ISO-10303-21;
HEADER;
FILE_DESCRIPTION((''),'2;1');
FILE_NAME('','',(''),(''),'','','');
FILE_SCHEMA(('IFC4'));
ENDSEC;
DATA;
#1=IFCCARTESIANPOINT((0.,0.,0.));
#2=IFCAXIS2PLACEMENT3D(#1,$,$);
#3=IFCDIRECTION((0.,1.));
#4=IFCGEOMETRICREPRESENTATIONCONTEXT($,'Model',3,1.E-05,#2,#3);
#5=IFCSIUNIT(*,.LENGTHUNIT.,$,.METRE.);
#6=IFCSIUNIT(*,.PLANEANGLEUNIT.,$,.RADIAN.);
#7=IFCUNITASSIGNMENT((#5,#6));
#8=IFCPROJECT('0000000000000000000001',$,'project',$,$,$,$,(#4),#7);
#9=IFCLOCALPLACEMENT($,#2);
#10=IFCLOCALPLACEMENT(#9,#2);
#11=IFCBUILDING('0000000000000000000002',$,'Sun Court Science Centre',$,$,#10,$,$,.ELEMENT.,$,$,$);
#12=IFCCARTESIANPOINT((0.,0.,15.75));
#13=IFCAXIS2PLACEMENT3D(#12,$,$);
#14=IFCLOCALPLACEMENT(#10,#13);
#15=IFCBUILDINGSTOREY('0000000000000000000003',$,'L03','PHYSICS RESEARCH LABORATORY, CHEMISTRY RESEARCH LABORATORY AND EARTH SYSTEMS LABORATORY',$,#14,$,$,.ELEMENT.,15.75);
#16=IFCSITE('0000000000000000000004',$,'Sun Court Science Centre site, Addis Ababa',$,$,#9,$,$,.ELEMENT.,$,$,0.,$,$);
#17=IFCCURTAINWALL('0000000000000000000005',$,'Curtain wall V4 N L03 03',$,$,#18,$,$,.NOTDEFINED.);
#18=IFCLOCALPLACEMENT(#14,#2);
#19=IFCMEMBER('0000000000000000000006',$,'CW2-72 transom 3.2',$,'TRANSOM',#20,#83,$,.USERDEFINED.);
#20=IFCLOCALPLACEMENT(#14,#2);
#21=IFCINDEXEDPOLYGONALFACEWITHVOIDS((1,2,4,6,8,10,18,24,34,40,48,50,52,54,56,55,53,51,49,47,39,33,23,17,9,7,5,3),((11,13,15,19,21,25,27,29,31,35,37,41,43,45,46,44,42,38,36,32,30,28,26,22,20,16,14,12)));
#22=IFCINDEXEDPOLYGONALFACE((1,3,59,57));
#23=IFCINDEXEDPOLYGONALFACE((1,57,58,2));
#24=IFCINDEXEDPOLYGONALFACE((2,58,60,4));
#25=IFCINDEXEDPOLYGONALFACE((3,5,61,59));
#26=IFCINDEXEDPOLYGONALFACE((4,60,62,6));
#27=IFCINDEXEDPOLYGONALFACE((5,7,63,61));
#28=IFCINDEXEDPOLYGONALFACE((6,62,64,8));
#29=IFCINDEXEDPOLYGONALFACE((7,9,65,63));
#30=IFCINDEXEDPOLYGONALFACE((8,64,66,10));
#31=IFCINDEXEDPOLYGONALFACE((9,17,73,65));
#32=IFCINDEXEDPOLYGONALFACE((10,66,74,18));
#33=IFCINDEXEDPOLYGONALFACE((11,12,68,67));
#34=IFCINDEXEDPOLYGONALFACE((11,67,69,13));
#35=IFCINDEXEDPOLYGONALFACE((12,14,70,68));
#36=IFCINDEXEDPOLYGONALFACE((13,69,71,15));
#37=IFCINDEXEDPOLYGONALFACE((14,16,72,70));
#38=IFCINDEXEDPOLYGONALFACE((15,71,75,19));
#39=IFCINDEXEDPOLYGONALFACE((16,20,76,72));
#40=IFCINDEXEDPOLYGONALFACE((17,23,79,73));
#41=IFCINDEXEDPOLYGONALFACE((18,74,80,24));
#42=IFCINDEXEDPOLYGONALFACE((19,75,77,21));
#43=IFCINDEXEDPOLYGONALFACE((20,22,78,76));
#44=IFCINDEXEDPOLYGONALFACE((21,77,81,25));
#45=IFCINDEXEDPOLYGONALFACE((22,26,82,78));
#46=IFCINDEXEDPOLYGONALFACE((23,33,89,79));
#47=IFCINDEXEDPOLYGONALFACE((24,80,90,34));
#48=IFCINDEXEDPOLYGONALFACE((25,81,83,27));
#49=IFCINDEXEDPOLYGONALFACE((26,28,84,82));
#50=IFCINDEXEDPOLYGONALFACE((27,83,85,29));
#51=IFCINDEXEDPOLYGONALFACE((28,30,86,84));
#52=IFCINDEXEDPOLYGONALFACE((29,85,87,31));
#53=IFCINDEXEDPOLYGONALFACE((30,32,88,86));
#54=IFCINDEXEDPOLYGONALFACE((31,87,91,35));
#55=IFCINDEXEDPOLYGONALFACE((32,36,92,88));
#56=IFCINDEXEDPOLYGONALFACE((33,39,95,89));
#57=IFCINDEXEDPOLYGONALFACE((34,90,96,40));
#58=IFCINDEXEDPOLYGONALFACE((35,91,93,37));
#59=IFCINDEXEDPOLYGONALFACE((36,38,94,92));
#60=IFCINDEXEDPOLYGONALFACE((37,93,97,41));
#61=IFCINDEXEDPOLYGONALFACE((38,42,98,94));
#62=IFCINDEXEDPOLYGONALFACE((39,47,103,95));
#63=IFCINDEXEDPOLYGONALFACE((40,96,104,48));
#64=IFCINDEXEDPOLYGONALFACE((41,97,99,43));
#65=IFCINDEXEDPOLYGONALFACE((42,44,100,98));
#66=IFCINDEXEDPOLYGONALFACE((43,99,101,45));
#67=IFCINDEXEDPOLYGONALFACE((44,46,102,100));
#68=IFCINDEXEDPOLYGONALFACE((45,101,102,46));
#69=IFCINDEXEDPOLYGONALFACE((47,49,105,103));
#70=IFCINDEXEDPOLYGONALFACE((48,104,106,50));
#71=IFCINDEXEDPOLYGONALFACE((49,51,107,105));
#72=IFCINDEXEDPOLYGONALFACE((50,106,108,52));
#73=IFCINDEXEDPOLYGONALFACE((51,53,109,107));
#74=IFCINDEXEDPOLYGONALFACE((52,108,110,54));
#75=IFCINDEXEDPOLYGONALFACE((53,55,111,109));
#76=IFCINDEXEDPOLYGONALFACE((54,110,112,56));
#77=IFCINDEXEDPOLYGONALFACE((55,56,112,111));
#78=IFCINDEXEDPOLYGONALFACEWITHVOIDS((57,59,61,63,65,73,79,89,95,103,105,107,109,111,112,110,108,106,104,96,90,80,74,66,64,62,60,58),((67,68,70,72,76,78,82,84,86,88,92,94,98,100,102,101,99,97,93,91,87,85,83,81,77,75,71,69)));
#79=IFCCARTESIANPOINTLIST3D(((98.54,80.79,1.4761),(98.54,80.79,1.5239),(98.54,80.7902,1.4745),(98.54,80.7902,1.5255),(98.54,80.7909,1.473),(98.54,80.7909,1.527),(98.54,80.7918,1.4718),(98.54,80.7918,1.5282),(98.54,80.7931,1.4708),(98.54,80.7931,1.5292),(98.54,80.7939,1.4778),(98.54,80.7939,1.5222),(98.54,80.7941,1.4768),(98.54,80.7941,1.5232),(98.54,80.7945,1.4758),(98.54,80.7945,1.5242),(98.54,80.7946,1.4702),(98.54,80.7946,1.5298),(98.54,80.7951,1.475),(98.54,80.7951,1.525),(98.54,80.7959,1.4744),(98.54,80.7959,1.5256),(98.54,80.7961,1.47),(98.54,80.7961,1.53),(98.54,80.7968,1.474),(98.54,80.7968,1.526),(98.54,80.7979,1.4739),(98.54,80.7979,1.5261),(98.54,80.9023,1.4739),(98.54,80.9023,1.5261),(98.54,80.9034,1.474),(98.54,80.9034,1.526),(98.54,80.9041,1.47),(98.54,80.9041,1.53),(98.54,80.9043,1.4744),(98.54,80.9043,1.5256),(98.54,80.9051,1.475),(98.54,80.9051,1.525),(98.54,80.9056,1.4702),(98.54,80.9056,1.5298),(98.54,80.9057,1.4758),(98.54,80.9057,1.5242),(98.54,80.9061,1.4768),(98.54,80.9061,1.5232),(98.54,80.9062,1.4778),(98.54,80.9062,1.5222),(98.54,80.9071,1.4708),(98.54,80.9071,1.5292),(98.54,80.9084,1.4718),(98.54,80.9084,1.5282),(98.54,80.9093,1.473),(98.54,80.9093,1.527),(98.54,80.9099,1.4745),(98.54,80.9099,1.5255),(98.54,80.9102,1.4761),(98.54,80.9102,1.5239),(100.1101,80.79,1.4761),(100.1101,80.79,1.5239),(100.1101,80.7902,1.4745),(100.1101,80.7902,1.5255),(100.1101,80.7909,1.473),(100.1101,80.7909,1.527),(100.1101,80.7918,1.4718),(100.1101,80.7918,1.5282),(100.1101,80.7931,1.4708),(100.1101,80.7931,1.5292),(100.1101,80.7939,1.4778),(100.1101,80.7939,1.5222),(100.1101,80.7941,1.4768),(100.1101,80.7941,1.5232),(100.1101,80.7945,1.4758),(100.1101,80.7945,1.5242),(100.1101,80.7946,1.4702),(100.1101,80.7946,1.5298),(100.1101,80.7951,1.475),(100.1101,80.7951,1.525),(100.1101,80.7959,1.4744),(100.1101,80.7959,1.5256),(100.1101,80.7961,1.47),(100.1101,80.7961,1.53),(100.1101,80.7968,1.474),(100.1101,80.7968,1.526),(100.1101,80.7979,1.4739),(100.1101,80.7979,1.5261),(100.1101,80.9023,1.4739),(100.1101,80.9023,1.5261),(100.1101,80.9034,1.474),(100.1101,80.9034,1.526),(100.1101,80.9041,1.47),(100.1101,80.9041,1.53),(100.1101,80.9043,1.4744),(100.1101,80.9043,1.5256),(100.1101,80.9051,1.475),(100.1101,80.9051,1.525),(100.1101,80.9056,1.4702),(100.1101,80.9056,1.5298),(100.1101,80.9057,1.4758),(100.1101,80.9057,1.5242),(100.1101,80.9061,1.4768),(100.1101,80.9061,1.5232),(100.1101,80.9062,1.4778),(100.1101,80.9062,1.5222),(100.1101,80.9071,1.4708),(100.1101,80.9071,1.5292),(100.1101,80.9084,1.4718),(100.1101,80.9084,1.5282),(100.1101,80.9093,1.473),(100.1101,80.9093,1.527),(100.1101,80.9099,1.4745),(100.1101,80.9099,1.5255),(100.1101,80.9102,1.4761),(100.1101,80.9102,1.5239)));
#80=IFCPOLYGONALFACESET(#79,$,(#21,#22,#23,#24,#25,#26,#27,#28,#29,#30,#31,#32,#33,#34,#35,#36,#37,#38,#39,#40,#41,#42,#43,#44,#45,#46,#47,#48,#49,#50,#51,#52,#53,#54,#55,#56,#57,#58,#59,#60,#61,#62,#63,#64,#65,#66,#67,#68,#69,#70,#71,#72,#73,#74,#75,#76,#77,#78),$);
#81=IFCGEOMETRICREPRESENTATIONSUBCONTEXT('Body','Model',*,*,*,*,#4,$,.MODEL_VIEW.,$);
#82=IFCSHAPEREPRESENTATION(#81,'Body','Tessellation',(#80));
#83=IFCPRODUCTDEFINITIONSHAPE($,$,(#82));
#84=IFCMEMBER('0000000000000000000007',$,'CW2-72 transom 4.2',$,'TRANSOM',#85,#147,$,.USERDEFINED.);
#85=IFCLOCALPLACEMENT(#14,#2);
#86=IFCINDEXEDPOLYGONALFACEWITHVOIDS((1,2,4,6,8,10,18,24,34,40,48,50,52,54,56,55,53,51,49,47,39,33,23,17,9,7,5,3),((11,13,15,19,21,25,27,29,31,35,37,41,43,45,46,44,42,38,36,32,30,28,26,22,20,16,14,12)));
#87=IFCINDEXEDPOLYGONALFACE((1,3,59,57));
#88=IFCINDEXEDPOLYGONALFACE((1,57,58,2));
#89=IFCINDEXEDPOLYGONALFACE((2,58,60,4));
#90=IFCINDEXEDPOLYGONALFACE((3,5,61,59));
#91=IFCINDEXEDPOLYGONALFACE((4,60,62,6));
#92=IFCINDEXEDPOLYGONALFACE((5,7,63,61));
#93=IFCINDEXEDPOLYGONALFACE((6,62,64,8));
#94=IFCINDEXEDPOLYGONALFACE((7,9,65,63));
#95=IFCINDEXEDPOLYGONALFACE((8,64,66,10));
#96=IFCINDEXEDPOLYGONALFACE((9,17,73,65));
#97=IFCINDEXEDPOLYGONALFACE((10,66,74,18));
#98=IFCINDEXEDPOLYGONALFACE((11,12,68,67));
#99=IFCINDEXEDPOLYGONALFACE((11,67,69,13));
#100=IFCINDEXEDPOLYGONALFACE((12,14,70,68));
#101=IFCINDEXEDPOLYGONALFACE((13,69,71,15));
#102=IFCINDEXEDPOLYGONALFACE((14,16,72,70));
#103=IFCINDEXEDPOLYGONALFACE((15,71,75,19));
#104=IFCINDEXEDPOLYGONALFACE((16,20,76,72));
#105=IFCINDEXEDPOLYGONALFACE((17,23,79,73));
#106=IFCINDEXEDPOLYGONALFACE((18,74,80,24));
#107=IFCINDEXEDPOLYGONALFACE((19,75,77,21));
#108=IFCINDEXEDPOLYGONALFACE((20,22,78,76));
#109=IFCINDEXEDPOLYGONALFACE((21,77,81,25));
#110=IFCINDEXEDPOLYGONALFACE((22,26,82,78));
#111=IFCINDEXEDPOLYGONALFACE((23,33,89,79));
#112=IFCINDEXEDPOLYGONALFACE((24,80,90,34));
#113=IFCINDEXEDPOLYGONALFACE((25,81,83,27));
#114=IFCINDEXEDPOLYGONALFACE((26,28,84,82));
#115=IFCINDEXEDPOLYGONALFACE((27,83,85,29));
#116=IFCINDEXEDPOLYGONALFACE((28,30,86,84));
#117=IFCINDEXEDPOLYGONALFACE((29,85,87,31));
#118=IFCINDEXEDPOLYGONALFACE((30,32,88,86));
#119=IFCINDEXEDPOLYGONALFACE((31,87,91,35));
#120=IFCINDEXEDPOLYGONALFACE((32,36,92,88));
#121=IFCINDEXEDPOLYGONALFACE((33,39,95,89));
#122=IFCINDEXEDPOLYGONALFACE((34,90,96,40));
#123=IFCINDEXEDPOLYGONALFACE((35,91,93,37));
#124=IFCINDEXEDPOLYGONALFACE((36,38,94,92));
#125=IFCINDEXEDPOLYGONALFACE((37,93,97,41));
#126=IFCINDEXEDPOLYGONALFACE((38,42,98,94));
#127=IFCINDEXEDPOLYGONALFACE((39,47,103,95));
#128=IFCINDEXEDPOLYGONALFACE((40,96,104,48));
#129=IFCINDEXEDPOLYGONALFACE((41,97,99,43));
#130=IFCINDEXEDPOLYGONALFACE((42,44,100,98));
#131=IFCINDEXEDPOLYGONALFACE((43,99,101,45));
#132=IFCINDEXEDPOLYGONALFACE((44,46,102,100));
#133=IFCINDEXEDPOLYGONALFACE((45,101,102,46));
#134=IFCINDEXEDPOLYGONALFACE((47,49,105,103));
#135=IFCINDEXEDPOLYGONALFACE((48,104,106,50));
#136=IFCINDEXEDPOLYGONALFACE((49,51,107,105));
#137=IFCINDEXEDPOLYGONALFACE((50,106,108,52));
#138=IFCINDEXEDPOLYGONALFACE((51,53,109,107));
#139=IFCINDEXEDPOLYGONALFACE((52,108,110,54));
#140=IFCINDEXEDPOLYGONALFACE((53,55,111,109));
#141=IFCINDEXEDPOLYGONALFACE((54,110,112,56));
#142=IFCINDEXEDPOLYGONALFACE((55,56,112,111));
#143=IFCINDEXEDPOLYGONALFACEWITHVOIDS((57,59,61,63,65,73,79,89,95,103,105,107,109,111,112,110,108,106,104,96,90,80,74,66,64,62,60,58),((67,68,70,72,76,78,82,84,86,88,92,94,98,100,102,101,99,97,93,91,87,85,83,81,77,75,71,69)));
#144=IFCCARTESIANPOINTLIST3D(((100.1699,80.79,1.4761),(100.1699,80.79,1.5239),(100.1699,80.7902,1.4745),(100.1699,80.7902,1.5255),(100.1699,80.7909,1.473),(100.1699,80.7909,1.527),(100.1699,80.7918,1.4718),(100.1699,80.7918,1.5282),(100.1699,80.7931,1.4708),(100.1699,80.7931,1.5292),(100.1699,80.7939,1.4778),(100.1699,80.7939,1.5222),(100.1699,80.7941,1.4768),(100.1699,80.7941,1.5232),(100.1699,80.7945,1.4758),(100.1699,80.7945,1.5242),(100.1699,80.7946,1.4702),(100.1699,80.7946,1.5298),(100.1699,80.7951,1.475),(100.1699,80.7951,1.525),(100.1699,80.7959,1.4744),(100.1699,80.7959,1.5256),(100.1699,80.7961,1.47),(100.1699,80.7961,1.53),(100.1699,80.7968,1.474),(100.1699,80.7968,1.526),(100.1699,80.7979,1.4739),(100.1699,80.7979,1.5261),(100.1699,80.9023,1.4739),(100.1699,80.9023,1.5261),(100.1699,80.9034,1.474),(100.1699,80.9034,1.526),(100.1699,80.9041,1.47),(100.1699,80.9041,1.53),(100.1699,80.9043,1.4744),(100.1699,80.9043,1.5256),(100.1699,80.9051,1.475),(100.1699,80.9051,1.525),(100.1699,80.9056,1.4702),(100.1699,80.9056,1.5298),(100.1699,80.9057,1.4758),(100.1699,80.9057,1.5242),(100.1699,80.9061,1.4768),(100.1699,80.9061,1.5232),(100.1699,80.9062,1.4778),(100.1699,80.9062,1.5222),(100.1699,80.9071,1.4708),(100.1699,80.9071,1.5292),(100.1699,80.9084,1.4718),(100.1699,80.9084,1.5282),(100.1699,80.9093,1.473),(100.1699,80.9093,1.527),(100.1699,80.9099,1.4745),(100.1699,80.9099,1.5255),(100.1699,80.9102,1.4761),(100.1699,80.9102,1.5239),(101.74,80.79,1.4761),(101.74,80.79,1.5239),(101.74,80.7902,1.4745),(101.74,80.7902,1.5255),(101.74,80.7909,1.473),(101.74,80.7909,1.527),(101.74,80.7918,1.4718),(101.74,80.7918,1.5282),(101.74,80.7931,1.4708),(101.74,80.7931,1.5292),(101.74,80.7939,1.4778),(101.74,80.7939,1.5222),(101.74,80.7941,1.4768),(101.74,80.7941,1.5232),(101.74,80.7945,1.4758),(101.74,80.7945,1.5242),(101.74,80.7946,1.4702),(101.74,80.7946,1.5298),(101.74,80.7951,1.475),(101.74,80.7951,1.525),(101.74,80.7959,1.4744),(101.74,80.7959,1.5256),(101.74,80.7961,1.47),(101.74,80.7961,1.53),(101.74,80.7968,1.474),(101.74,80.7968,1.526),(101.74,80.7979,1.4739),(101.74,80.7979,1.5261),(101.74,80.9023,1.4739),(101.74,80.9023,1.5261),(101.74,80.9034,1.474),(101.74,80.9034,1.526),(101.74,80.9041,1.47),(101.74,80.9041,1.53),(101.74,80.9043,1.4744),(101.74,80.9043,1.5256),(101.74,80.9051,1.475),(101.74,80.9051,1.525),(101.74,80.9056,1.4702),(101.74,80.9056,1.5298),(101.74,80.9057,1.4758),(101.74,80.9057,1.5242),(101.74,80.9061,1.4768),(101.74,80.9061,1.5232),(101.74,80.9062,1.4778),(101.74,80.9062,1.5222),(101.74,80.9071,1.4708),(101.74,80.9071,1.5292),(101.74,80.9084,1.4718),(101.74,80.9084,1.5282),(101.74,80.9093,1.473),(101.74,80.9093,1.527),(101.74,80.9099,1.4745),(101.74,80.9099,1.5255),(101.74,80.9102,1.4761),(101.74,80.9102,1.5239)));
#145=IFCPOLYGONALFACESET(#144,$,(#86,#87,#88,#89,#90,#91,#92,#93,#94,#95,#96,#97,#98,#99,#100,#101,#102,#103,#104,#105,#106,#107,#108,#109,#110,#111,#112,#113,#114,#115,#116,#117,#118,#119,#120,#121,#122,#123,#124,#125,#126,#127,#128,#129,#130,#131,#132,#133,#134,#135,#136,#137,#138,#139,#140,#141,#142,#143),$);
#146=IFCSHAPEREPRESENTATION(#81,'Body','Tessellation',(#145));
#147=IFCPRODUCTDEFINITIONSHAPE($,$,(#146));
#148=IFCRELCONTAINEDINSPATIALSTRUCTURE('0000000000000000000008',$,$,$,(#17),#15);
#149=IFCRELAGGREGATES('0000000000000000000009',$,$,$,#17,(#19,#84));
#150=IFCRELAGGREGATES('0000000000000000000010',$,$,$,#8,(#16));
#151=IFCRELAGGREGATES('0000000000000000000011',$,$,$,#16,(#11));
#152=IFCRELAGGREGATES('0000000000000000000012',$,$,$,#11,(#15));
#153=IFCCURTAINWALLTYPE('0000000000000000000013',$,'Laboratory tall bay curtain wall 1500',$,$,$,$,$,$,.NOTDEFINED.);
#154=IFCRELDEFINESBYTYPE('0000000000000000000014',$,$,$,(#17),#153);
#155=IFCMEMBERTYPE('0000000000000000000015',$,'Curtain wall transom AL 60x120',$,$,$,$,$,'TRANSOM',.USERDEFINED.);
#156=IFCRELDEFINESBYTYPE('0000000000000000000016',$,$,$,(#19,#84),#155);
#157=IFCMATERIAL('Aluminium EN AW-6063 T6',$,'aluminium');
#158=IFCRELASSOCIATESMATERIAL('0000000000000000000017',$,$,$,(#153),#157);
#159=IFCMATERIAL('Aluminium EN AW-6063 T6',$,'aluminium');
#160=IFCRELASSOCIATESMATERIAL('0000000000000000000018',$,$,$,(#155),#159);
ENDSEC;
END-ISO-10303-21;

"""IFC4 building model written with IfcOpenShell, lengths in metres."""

from ifc_helpers import new_model, si_unit, direction, frame, origin, origin_2d, place, context, subcontext, project, spatial, hollow_rectangle, extrude, material, material_profile, profile_set, type_object, element, aggregate, save


model = new_model("IFC4")

# Units and contexts
model_context = context("Model", 3, precision=1e-05, world=origin(), true_north=direction((0.0, 1.0)))
body_context = subcontext(model_context, "Body", "Model", "MODEL_VIEW")
ifc_project = project(units=[si_unit("LENGTHUNIT", "METRE"), si_unit("PLANEANGLEUNIT", "RADIAN")], contexts=[model_context])

# Site, building, storey
site_placement = place(None, origin())
site = spatial("IfcSite", under=ifc_project, at=site_placement, Name="Sun Court Science Centre site, Addis Ababa", CompositionType="ELEMENT", RefElevation=0.0)
building_placement = place(site_placement, origin())
building = spatial("IfcBuilding", under=site, at=building_placement, Name="Sun Court Science Centre", CompositionType="ELEMENT")
storey_placement = place(building_placement, frame((0.0, 0.0, 15.75)))
storey = spatial("IfcBuildingStorey", under=building, at=storey_placement, Name="L03", Description="PHYSICS RESEARCH LABORATORY, CHEMISTRY RESEARCH LABORATORY AND EARTH SYSTEMS LABORATORY", CompositionType="ELEMENT", Elevation=15.75)

# Shared definitions
ifc_material_1 = material(Name="Aluminium EN AW-6063 T6", Category="aluminium")
curtain_wall_type = type_object("IfcCurtainWallType", Name="Laboratory tall bay curtain wall 1500", PredefinedType="NOTDEFINED", material=ifc_material_1)

# Curtain wall
curtain_wall_1_placement = place(storey_placement, origin())
curtain_wall_1 = element("IfcCurtainWall", 1, at=curtain_wall_1_placement, inside=storey, type_object=curtain_wall_type, Name="Curtain wall V4 N L03 03", PredefinedType="NOTDEFINED")

# Members
ifc_material_2 = material(Name="Aluminium EN AW-6063 T6", Category="aluminium")
ifc_material_profile_1 = material_profile(ifc_material_2, hollow_rectangle(XDim=0.0601, YDim=0.1201, WallThickness=0.0039, InnerFilletRadius=0.0039, OuterFilletRadius=0.0061, at=origin_2d()), Name="AL 60x120x4")
ifc_profile_set_1 = profile_set([ifc_material_profile_1], Name="Aluminium EN AW-6063 T6")
member_type_1 = type_object("IfcMemberType", Name="Curtain wall transom AL 60x120", ElementType="TRANSOM", PredefinedType="USERDEFINED", material=ifc_profile_set_1)
member_1_placement = place(storey_placement, frame((98.54, 80.8501, 1.5), z_axis=(1.0, 0.0, 0.0), x_axis=(0.0, 0.0, 1.0)))
member_1 = element("IfcMember", 2, at=member_1_placement, type_object=member_type_1, Name="CW2-72 transom 3.2", ObjectType="TRANSOM", PredefinedType="USERDEFINED", context=body_context, shape_type="SweptSolid", body=[
    extrude(hollow_rectangle(XDim=0.0601, YDim=0.1201, WallThickness=0.0039, InnerFilletRadius=0.0039, OuterFilletRadius=0.0061, at=origin_2d()), origin(), (0.0, 0.0, 1.0), 1.5701),
])
member_2_placement = place(storey_placement, frame((100.1699, 80.8501, 1.5), z_axis=(1.0, 0.0, 0.0), x_axis=(0.0, 0.0, 1.0)))
member_2 = element("IfcMember", 3, at=member_2_placement, type_object=member_type_1, Name="CW2-72 transom 4.2", ObjectType="TRANSOM", PredefinedType="USERDEFINED", context=body_context, shape_type="SweptSolid", body=[
    extrude(hollow_rectangle(XDim=0.0601, YDim=0.1201, WallThickness=0.0039, InnerFilletRadius=0.0039, OuterFilletRadius=0.0061, at=origin_2d()), origin(), (0.0, 0.0, 1.0), 1.5701),
])

aggregate(curtain_wall_1, [member_1, member_2])

save(model, "model.ifc")
